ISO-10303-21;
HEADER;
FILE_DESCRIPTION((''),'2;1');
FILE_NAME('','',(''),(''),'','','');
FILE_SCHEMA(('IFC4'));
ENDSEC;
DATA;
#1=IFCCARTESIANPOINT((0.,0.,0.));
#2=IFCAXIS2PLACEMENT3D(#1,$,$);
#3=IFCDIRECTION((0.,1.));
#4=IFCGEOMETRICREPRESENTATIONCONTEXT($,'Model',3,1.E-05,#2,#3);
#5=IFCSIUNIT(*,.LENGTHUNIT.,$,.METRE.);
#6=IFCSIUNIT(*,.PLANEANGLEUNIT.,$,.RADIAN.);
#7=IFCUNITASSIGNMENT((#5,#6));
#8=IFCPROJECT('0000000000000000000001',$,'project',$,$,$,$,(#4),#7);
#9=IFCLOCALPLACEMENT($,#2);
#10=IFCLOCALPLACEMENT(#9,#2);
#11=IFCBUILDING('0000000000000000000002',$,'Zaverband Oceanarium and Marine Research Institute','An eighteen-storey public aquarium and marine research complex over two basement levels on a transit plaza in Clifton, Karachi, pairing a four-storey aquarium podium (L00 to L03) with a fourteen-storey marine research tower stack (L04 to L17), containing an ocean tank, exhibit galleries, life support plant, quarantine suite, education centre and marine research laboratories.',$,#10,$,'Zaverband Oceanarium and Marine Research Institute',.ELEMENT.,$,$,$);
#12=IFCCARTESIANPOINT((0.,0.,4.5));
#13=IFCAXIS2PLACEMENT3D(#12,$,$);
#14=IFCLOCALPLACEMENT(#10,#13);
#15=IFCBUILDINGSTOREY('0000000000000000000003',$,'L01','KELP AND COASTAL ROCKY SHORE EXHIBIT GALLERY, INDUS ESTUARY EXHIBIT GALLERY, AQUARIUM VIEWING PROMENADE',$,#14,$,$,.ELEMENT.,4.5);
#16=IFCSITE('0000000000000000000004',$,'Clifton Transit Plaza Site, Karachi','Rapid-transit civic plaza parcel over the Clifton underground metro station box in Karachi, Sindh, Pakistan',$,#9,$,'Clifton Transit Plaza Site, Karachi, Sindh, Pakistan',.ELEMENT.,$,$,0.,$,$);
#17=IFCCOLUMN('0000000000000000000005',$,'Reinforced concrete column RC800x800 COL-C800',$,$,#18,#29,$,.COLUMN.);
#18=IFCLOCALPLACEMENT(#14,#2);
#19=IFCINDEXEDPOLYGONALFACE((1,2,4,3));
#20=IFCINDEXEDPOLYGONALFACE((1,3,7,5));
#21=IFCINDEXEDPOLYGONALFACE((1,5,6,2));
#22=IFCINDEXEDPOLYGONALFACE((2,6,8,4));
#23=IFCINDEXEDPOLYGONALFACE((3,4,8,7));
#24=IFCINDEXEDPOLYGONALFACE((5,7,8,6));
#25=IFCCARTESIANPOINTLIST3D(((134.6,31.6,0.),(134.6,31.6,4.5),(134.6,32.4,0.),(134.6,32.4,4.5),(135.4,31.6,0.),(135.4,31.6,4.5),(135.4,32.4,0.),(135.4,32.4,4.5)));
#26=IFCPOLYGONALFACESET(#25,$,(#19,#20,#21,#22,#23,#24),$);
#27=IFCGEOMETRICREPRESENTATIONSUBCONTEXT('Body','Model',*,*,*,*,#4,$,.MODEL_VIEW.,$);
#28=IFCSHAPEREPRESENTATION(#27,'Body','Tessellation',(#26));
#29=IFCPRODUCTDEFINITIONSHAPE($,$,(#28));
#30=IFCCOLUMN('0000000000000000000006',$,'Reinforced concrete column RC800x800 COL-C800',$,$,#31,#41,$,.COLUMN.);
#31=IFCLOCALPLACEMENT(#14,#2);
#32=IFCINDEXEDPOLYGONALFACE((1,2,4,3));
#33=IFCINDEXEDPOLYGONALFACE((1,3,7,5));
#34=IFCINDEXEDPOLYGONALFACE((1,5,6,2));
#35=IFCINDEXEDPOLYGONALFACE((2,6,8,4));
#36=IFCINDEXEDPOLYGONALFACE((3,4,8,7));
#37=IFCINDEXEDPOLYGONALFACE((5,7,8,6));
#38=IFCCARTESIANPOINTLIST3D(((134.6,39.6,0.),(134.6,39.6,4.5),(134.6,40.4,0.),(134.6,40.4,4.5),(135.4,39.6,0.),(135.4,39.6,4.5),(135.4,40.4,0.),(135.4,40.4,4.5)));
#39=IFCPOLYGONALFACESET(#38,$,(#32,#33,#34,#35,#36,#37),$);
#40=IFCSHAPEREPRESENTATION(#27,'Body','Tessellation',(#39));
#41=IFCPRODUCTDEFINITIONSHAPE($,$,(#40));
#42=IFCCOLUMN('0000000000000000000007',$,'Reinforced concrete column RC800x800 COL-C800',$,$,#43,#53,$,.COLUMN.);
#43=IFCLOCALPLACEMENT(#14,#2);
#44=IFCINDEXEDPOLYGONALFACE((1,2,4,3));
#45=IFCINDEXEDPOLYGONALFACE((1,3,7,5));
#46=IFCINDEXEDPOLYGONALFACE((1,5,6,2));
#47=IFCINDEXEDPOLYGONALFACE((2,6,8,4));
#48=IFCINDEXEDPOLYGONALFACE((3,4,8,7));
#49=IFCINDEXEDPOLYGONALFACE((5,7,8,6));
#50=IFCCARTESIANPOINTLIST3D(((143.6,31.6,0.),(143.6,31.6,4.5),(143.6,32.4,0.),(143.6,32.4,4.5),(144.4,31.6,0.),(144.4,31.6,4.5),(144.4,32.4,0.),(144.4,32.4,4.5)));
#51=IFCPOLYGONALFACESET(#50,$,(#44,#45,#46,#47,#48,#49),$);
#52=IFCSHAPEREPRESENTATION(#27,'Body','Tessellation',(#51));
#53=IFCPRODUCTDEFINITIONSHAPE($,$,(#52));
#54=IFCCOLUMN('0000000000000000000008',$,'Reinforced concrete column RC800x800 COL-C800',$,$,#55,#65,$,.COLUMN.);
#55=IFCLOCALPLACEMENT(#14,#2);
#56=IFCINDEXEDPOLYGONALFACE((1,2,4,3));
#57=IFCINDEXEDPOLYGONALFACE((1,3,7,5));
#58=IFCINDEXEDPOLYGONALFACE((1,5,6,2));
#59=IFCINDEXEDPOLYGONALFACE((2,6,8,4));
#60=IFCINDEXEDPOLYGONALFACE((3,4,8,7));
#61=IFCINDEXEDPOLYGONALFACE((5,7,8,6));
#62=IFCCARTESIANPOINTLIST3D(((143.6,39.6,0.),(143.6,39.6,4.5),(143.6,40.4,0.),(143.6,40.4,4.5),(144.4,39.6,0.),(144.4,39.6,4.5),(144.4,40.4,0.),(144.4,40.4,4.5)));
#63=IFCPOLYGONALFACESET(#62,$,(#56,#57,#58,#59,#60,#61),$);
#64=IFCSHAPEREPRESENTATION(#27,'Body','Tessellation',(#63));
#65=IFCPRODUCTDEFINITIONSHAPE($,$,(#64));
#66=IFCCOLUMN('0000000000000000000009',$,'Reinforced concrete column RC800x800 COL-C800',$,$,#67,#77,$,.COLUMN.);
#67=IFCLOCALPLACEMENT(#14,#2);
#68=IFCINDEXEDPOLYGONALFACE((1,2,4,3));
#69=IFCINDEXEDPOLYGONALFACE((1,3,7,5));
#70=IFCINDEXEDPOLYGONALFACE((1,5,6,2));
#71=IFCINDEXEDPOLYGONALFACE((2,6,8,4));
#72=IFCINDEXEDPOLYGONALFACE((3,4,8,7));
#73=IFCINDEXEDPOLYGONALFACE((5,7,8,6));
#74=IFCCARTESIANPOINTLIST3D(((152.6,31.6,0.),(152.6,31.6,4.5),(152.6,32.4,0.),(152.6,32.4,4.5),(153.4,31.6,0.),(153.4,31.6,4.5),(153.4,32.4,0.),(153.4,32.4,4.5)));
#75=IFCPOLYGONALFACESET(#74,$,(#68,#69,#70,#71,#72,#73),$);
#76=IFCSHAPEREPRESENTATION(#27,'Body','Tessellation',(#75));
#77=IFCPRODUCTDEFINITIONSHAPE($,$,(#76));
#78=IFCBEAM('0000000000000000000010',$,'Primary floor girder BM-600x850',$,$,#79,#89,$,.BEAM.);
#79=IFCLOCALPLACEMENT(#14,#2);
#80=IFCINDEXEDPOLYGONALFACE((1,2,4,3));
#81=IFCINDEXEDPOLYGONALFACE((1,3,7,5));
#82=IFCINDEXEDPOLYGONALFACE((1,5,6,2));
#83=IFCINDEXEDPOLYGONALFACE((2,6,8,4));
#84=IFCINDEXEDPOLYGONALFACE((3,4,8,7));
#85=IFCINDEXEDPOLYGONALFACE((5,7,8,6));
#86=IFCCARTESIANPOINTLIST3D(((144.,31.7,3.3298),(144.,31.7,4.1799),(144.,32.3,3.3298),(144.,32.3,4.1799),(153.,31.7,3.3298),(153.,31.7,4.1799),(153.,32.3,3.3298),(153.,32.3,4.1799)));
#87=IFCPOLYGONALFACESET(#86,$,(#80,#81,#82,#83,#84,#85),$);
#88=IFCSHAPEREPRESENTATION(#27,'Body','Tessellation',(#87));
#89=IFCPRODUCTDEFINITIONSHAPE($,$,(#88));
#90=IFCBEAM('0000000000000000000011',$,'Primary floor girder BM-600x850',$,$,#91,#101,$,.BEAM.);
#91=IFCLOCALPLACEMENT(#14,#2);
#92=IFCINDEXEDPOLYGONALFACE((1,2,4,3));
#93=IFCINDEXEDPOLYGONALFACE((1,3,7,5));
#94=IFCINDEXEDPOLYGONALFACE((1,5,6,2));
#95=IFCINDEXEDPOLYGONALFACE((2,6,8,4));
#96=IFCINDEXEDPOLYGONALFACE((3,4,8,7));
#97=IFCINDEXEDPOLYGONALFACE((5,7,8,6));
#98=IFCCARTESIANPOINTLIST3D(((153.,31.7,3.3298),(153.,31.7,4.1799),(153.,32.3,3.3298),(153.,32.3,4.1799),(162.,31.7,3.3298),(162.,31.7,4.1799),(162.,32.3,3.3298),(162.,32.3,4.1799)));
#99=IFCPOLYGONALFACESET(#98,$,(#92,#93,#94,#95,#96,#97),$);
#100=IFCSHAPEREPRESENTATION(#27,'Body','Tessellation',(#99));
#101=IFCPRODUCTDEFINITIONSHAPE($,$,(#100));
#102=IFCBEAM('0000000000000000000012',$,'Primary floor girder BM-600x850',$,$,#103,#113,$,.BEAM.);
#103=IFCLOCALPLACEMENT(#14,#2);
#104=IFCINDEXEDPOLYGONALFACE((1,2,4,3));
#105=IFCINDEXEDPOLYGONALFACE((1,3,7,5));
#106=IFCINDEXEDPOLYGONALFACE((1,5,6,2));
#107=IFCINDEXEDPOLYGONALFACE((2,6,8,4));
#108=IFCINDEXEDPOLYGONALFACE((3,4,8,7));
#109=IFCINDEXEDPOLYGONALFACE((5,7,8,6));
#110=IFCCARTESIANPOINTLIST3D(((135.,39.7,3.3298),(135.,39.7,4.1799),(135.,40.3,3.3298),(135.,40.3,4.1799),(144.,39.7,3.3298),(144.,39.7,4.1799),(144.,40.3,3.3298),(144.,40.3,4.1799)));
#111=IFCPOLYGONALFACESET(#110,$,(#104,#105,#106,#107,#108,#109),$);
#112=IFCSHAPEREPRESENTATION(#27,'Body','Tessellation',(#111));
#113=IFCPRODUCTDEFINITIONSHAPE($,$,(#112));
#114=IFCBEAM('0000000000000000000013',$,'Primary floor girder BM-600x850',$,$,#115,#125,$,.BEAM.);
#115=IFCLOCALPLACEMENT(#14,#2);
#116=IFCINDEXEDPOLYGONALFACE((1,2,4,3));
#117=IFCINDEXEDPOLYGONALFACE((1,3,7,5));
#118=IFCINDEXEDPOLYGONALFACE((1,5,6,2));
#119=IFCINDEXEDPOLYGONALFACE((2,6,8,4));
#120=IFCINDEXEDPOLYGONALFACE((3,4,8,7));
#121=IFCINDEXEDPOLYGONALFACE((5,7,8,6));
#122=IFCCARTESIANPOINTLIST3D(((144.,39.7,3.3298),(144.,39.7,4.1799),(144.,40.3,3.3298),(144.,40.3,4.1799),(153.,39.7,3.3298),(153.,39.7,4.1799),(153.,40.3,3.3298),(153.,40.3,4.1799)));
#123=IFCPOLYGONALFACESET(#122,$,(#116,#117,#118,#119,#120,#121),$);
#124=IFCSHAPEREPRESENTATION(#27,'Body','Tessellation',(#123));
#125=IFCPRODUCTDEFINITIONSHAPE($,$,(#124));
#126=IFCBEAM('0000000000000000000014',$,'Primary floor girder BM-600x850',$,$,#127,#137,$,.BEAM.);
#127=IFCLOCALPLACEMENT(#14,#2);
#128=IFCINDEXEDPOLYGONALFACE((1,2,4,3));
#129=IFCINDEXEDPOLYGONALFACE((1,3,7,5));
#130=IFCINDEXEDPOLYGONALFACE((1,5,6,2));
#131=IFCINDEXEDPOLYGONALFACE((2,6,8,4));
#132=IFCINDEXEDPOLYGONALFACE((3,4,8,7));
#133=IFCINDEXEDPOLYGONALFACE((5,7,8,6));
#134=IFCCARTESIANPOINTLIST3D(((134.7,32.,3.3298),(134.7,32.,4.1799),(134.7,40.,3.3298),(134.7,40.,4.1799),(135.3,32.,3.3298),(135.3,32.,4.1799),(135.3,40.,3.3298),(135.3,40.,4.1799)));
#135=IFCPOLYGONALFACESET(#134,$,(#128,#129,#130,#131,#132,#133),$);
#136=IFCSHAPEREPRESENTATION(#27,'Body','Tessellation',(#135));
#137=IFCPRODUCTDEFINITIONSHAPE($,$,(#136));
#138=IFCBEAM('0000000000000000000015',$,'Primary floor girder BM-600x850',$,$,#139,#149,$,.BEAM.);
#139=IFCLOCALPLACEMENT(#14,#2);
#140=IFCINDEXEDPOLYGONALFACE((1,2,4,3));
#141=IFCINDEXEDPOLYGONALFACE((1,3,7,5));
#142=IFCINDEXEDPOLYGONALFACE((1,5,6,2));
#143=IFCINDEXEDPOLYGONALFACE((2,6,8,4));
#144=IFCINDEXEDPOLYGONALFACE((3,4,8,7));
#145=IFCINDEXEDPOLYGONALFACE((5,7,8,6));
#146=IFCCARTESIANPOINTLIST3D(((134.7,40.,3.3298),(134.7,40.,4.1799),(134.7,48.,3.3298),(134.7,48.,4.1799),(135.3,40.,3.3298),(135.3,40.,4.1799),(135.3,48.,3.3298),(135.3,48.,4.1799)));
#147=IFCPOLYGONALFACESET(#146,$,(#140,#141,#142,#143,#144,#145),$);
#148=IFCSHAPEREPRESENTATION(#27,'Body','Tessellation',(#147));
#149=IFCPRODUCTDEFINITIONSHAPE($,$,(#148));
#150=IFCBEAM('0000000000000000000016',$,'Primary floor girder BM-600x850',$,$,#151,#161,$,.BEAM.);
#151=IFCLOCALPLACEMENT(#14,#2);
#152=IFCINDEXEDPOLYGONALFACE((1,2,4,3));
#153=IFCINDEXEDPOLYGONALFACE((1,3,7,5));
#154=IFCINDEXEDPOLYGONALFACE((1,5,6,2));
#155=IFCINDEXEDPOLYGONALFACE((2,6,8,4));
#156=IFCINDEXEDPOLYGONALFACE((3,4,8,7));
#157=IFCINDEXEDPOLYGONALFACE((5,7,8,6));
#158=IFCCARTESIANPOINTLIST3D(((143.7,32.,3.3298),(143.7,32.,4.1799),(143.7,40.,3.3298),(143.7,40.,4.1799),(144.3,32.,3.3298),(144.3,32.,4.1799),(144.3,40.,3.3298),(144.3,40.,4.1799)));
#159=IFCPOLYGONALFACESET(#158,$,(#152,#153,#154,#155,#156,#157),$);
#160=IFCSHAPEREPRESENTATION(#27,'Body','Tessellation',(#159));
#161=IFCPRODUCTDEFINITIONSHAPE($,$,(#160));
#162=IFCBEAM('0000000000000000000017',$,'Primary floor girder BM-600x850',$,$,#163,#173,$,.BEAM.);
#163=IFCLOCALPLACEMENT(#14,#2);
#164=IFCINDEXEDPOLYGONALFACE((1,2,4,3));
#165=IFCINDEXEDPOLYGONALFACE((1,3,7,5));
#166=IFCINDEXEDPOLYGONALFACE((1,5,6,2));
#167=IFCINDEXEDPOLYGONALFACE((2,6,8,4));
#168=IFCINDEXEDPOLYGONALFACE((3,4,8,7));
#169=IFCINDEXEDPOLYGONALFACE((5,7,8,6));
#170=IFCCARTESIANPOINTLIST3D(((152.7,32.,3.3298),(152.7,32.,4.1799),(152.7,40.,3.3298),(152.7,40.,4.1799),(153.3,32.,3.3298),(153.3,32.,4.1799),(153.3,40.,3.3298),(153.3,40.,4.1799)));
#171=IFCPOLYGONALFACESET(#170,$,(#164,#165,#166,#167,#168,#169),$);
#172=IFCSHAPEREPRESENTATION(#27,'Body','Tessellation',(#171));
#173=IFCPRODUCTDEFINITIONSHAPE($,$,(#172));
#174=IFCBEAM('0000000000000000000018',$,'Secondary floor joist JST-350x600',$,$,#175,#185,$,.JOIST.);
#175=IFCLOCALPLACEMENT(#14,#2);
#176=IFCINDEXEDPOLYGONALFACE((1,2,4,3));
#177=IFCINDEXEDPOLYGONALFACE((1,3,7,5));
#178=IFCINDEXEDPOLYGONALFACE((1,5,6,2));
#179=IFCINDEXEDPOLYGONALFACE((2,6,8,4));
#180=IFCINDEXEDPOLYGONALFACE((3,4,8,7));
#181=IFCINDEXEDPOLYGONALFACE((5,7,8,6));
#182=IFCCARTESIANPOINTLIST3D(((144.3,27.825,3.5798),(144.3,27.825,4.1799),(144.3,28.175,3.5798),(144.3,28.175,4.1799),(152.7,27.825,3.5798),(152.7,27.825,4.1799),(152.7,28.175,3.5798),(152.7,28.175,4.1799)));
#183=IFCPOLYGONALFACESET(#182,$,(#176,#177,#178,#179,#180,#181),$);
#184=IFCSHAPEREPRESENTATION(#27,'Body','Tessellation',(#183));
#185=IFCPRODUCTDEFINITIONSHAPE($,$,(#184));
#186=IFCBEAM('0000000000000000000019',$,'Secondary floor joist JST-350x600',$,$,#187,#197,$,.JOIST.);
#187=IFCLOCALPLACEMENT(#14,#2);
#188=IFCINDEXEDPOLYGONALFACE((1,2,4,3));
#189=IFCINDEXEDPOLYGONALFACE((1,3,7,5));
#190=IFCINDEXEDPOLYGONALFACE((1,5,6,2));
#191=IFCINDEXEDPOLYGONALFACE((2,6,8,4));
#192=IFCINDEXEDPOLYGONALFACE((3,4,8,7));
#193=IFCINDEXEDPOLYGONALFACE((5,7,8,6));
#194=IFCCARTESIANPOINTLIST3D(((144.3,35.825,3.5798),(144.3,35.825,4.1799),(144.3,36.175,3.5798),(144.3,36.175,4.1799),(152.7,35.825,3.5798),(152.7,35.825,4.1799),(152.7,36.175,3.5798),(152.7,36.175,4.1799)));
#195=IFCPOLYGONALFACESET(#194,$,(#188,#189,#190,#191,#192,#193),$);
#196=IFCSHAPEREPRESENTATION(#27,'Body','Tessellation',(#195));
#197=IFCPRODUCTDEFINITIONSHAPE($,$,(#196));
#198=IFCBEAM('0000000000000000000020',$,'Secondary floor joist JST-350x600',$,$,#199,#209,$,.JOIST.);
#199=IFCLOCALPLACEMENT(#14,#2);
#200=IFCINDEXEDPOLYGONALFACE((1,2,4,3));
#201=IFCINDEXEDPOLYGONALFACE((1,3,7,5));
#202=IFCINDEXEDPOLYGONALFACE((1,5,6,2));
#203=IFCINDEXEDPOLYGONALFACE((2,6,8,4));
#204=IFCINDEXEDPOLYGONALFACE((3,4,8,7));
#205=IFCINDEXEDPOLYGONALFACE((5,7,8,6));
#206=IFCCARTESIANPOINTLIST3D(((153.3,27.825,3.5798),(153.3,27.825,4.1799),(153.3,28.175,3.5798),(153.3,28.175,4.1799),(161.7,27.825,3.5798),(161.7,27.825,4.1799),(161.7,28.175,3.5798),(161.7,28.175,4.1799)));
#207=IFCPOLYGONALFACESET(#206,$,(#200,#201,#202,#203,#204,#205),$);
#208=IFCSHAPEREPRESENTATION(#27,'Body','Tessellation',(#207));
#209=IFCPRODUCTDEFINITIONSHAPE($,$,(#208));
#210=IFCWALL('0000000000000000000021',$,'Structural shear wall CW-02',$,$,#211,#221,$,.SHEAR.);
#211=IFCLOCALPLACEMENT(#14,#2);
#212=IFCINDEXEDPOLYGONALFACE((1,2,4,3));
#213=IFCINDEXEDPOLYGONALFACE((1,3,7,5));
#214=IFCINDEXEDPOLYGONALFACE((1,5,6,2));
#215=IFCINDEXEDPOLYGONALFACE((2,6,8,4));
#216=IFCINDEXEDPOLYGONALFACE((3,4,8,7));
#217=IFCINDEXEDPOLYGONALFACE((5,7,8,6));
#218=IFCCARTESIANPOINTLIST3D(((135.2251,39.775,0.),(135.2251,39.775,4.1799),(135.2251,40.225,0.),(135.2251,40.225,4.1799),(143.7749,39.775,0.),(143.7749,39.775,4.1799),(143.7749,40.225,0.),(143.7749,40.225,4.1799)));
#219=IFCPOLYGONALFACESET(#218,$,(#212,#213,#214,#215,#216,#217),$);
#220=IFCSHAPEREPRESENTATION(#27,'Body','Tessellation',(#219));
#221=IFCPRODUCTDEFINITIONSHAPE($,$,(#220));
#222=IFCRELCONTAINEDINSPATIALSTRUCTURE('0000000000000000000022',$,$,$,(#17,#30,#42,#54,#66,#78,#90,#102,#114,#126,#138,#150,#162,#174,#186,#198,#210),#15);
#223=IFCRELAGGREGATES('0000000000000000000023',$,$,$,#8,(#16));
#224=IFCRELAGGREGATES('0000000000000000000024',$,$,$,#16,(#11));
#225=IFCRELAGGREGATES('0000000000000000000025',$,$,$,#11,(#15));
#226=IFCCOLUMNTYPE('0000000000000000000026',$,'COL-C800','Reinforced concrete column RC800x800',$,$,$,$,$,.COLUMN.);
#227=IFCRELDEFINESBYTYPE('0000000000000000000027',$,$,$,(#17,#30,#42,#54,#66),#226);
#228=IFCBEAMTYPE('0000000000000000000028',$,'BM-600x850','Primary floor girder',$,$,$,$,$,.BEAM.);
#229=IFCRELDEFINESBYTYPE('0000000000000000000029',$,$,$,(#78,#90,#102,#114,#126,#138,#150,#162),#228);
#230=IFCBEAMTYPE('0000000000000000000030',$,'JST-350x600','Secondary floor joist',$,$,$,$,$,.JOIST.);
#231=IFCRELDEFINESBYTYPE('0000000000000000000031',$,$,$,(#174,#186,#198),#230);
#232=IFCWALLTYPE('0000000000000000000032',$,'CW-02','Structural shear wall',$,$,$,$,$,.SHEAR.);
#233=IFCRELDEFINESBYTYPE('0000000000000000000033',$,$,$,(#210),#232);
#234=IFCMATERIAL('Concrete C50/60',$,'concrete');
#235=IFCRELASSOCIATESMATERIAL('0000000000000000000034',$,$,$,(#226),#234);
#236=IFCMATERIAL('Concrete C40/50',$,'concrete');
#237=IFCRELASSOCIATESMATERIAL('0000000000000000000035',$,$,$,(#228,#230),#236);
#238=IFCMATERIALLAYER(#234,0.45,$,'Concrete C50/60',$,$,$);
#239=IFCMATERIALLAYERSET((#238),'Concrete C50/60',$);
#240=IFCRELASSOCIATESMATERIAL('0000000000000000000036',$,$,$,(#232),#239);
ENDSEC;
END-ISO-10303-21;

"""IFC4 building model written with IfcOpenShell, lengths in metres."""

from ifc_helpers import new_model, si_unit, direction, frame, frame_2d, origin, origin_2d, place, context, subcontext, project, spatial, rectangle, extrude, material, layer, layer_set, material_profile, profile_set, type_object, element, save


model = new_model("IFC4")

# Units and contexts
model_context = context("Model", 3, precision=1e-05, world=origin(), true_north=direction((0.0, 1.0)))
body_context = subcontext(model_context, "Body", "Model", "MODEL_VIEW")
ifc_project = project(units=[si_unit("LENGTHUNIT", "METRE"), si_unit("PLANEANGLEUNIT", "RADIAN")], contexts=[model_context])

# Site, building, storey
site_placement = place(None, origin())
site = spatial("IfcSite", under=ifc_project, at=site_placement, Name="Clifton Transit Plaza Site, Karachi", Description="Rapid-transit civic plaza parcel over the Clifton underground metro station box in Karachi, Sindh, Pakistan", LongName="Clifton Transit Plaza Site, Karachi, Sindh, Pakistan", CompositionType="ELEMENT", RefElevation=0.0)
building_placement = place(site_placement, origin())
building = spatial("IfcBuilding", under=site, at=building_placement, Name="Zaverband Oceanarium and Marine Research Institute", Description="An eighteen-storey public aquarium and marine research complex over two basement levels on a transit plaza in Clifton, Karachi, pairing a four-storey aquarium podium (L00 to L03) with a fourteen-storey marine research tower stack (L04 to L17), containing an ocean tank, exhibit galleries, life support plant, quarantine suite, education centre and marine research laboratories.", LongName="Zaverband Oceanarium and Marine Research Institute", CompositionType="ELEMENT")
storey_placement = place(building_placement, frame((0.0, 0.0, 4.5)))
storey = spatial("IfcBuildingStorey", under=building, at=storey_placement, Name="L01", Description="KELP AND COASTAL ROCKY SHORE EXHIBIT GALLERY, INDUS ESTUARY EXHIBIT GALLERY, AQUARIUM VIEWING PROMENADE", CompositionType="ELEMENT", Elevation=4.5)

# Columns
ifc_material_1 = material(Name="Concrete C50/60", Category="concrete")
ifc_material_profile_1 = material_profile(ifc_material_1, rectangle(XDim=0.8, YDim=0.8, at=origin_2d()), Name="RC800x800")
ifc_profile_set_1 = profile_set([ifc_material_profile_1], Name="Concrete C50/60")
column_type = type_object("IfcColumnType", Name="COL-C800", Description="Reinforced concrete column RC800x800", PredefinedType="COLUMN", material=ifc_profile_set_1)
for number, where, z_axis, x_axis, name in (
    (1, (135.0, 32.0, 0.0), (0.0, 0.0, 1.0), (1.0, 0.0, 0.0), "Reinforced concrete column RC800x800 COL-C800"),
    (2, (135.0, 40.0, 0.0), (0.0, 0.0, 1.0), (1.0, 0.0, 0.0), "Reinforced concrete column RC800x800 COL-C800"),
    (3, (144.0, 32.0, 0.0), (0.0, 0.0, 1.0), (1.0, 0.0, 0.0), "Reinforced concrete column RC800x800 COL-C800"),
    (4, (144.0, 40.0, 0.0), (0.0, 0.0, 1.0), (1.0, 0.0, 0.0), "Reinforced concrete column RC800x800 COL-C800"),
    (5, (153.0, 32.0, 0.0), (0.0, 0.0, 1.0), (1.0, 0.0, 0.0), "Reinforced concrete column RC800x800 COL-C800"),
):
    element("IfcColumn", number, at=place(storey_placement, frame(where, z_axis=z_axis, x_axis=x_axis)), inside=storey, type_object=column_type, Name=name, PredefinedType="COLUMN", context=body_context, shape_type="SweptSolid", body=[
        extrude(rectangle(XDim=0.8, YDim=0.8, at=origin_2d()), origin(), (0.0, 0.0, 1.0), 4.5),
    ])

# Beams
ifc_material_2 = material(Name="Concrete C40/50", Category="concrete")
ifc_material_profile_2 = material_profile(ifc_material_2, rectangle(XDim=0.6001, YDim=0.8501, at=origin_2d()), Name="RC600x850")
ifc_profile_set_2 = profile_set([ifc_material_profile_2], Name="Concrete C40/50")
beam_type_1 = type_object("IfcBeamType", Name="BM-600x850", Description="Primary floor girder", PredefinedType="BEAM", material=ifc_profile_set_2)
for number, where, z_axis, x_axis, name in (
    (6, (144.0, 32.0, 3.7549), (1.0, 0.0, 0.0), (0.0, 1.0, 0.0), "Primary floor girder BM-600x850"),
    (7, (153.0, 32.0, 3.7549), (1.0, 0.0, 0.0), (0.0, 1.0, 0.0), "Primary floor girder BM-600x850"),
    (8, (135.0, 40.0, 3.7549), (1.0, 0.0, 0.0), (0.0, 1.0, 0.0), "Primary floor girder BM-600x850"),
    (9, (144.0, 40.0, 3.7549), (1.0, 0.0, 0.0), (0.0, 1.0, 0.0), "Primary floor girder BM-600x850"),
):
    element("IfcBeam", number, at=place(storey_placement, frame(where, z_axis=z_axis, x_axis=x_axis)), inside=storey, type_object=beam_type_1, Name=name, PredefinedType="BEAM", context=body_context, shape_type="SweptSolid", body=[
        extrude(rectangle(XDim=0.6001, YDim=0.8501, at=origin_2d()), origin(), (0.0, 0.0, 1.0), 9.0),
    ])
for number, where, z_axis, x_axis, name in (
    (10, (135.0, 32.0, 3.7549), (0.0, 1.0, 0.0), (-1.0, 0.0, 0.0), "Primary floor girder BM-600x850"),
    (11, (135.0, 40.0, 3.7549), (0.0, 1.0, 0.0), (-1.0, 0.0, 0.0), "Primary floor girder BM-600x850"),
    (12, (144.0, 32.0, 3.7549), (0.0, 1.0, 0.0), (-1.0, 0.0, 0.0), "Primary floor girder BM-600x850"),
    (13, (153.0, 32.0, 3.7549), (0.0, 1.0, 0.0), (-1.0, 0.0, 0.0), "Primary floor girder BM-600x850"),
):
    element("IfcBeam", number, at=place(storey_placement, frame(where, z_axis=z_axis, x_axis=x_axis)), inside=storey, type_object=beam_type_1, Name=name, PredefinedType="BEAM", context=body_context, shape_type="SweptSolid", body=[
        extrude(rectangle(XDim=0.6001, YDim=0.8501, at=origin_2d()), origin(), (0.0, 0.0, 1.0), 8.0),
    ])
ifc_material_profile_3 = material_profile(ifc_material_2, rectangle(XDim=0.3501, YDim=0.6001, at=origin_2d()), Name="RC350x600")
ifc_profile_set_3 = profile_set([ifc_material_profile_3], Name="Concrete C40/50")
beam_type_2 = type_object("IfcBeamType", Name="JST-350x600", Description="Secondary floor joist", PredefinedType="JOIST", material=ifc_profile_set_3)
for number, where, z_axis, x_axis, name in (
    (14, (144.3, 28.0, 3.8799), (1.0, 0.0, 0.0), (0.0, 1.0, 0.0), "Secondary floor joist JST-350x600"),
    (15, (144.3, 36.0, 3.8799), (1.0, 0.0, 0.0), (0.0, 1.0, 0.0), "Secondary floor joist JST-350x600"),
    (16, (153.3, 28.0, 3.8799), (1.0, 0.0, 0.0), (0.0, 1.0, 0.0), "Secondary floor joist JST-350x600"),
):
    element("IfcBeam", number, at=place(storey_placement, frame(where, z_axis=z_axis, x_axis=x_axis)), inside=storey, type_object=beam_type_2, Name=name, PredefinedType="JOIST", context=body_context, shape_type="SweptSolid", body=[
        extrude(rectangle(XDim=0.3501, YDim=0.6001, at=origin_2d()), origin(), (0.0, 0.0, 1.0), 8.3999),
    ])

# Wall
ifc_layer_1 = layer(ifc_material_1, 0.45, Name="Concrete C50/60")
ifc_layer_set_1 = layer_set([ifc_layer_1], Name="Concrete C50/60")
wall_type_1 = type_object("IfcWallType", Name="CW-02", Description="Structural shear wall", PredefinedType="SHEAR", material=ifc_layer_set_1)
wall_1_placement = place(storey_placement, frame((135.2251, 40.0, 0.0), z_axis=(0.0, 0.0, 1.0), x_axis=(1.0, 0.0, 0.0)))
element("IfcWall", 17, at=wall_1_placement, inside=storey, type_object=wall_type_1, Name="Structural shear wall CW-02", PredefinedType="SHEAR", context=body_context, shape_type="SweptSolid", body=[
    extrude(rectangle(XDim=8.5498, YDim=0.45, at=frame_2d((4.2749, 0.0))), origin(), (0.0, 0.0, 1.0), 4.1799),
])

save(model, "model.ifc")
